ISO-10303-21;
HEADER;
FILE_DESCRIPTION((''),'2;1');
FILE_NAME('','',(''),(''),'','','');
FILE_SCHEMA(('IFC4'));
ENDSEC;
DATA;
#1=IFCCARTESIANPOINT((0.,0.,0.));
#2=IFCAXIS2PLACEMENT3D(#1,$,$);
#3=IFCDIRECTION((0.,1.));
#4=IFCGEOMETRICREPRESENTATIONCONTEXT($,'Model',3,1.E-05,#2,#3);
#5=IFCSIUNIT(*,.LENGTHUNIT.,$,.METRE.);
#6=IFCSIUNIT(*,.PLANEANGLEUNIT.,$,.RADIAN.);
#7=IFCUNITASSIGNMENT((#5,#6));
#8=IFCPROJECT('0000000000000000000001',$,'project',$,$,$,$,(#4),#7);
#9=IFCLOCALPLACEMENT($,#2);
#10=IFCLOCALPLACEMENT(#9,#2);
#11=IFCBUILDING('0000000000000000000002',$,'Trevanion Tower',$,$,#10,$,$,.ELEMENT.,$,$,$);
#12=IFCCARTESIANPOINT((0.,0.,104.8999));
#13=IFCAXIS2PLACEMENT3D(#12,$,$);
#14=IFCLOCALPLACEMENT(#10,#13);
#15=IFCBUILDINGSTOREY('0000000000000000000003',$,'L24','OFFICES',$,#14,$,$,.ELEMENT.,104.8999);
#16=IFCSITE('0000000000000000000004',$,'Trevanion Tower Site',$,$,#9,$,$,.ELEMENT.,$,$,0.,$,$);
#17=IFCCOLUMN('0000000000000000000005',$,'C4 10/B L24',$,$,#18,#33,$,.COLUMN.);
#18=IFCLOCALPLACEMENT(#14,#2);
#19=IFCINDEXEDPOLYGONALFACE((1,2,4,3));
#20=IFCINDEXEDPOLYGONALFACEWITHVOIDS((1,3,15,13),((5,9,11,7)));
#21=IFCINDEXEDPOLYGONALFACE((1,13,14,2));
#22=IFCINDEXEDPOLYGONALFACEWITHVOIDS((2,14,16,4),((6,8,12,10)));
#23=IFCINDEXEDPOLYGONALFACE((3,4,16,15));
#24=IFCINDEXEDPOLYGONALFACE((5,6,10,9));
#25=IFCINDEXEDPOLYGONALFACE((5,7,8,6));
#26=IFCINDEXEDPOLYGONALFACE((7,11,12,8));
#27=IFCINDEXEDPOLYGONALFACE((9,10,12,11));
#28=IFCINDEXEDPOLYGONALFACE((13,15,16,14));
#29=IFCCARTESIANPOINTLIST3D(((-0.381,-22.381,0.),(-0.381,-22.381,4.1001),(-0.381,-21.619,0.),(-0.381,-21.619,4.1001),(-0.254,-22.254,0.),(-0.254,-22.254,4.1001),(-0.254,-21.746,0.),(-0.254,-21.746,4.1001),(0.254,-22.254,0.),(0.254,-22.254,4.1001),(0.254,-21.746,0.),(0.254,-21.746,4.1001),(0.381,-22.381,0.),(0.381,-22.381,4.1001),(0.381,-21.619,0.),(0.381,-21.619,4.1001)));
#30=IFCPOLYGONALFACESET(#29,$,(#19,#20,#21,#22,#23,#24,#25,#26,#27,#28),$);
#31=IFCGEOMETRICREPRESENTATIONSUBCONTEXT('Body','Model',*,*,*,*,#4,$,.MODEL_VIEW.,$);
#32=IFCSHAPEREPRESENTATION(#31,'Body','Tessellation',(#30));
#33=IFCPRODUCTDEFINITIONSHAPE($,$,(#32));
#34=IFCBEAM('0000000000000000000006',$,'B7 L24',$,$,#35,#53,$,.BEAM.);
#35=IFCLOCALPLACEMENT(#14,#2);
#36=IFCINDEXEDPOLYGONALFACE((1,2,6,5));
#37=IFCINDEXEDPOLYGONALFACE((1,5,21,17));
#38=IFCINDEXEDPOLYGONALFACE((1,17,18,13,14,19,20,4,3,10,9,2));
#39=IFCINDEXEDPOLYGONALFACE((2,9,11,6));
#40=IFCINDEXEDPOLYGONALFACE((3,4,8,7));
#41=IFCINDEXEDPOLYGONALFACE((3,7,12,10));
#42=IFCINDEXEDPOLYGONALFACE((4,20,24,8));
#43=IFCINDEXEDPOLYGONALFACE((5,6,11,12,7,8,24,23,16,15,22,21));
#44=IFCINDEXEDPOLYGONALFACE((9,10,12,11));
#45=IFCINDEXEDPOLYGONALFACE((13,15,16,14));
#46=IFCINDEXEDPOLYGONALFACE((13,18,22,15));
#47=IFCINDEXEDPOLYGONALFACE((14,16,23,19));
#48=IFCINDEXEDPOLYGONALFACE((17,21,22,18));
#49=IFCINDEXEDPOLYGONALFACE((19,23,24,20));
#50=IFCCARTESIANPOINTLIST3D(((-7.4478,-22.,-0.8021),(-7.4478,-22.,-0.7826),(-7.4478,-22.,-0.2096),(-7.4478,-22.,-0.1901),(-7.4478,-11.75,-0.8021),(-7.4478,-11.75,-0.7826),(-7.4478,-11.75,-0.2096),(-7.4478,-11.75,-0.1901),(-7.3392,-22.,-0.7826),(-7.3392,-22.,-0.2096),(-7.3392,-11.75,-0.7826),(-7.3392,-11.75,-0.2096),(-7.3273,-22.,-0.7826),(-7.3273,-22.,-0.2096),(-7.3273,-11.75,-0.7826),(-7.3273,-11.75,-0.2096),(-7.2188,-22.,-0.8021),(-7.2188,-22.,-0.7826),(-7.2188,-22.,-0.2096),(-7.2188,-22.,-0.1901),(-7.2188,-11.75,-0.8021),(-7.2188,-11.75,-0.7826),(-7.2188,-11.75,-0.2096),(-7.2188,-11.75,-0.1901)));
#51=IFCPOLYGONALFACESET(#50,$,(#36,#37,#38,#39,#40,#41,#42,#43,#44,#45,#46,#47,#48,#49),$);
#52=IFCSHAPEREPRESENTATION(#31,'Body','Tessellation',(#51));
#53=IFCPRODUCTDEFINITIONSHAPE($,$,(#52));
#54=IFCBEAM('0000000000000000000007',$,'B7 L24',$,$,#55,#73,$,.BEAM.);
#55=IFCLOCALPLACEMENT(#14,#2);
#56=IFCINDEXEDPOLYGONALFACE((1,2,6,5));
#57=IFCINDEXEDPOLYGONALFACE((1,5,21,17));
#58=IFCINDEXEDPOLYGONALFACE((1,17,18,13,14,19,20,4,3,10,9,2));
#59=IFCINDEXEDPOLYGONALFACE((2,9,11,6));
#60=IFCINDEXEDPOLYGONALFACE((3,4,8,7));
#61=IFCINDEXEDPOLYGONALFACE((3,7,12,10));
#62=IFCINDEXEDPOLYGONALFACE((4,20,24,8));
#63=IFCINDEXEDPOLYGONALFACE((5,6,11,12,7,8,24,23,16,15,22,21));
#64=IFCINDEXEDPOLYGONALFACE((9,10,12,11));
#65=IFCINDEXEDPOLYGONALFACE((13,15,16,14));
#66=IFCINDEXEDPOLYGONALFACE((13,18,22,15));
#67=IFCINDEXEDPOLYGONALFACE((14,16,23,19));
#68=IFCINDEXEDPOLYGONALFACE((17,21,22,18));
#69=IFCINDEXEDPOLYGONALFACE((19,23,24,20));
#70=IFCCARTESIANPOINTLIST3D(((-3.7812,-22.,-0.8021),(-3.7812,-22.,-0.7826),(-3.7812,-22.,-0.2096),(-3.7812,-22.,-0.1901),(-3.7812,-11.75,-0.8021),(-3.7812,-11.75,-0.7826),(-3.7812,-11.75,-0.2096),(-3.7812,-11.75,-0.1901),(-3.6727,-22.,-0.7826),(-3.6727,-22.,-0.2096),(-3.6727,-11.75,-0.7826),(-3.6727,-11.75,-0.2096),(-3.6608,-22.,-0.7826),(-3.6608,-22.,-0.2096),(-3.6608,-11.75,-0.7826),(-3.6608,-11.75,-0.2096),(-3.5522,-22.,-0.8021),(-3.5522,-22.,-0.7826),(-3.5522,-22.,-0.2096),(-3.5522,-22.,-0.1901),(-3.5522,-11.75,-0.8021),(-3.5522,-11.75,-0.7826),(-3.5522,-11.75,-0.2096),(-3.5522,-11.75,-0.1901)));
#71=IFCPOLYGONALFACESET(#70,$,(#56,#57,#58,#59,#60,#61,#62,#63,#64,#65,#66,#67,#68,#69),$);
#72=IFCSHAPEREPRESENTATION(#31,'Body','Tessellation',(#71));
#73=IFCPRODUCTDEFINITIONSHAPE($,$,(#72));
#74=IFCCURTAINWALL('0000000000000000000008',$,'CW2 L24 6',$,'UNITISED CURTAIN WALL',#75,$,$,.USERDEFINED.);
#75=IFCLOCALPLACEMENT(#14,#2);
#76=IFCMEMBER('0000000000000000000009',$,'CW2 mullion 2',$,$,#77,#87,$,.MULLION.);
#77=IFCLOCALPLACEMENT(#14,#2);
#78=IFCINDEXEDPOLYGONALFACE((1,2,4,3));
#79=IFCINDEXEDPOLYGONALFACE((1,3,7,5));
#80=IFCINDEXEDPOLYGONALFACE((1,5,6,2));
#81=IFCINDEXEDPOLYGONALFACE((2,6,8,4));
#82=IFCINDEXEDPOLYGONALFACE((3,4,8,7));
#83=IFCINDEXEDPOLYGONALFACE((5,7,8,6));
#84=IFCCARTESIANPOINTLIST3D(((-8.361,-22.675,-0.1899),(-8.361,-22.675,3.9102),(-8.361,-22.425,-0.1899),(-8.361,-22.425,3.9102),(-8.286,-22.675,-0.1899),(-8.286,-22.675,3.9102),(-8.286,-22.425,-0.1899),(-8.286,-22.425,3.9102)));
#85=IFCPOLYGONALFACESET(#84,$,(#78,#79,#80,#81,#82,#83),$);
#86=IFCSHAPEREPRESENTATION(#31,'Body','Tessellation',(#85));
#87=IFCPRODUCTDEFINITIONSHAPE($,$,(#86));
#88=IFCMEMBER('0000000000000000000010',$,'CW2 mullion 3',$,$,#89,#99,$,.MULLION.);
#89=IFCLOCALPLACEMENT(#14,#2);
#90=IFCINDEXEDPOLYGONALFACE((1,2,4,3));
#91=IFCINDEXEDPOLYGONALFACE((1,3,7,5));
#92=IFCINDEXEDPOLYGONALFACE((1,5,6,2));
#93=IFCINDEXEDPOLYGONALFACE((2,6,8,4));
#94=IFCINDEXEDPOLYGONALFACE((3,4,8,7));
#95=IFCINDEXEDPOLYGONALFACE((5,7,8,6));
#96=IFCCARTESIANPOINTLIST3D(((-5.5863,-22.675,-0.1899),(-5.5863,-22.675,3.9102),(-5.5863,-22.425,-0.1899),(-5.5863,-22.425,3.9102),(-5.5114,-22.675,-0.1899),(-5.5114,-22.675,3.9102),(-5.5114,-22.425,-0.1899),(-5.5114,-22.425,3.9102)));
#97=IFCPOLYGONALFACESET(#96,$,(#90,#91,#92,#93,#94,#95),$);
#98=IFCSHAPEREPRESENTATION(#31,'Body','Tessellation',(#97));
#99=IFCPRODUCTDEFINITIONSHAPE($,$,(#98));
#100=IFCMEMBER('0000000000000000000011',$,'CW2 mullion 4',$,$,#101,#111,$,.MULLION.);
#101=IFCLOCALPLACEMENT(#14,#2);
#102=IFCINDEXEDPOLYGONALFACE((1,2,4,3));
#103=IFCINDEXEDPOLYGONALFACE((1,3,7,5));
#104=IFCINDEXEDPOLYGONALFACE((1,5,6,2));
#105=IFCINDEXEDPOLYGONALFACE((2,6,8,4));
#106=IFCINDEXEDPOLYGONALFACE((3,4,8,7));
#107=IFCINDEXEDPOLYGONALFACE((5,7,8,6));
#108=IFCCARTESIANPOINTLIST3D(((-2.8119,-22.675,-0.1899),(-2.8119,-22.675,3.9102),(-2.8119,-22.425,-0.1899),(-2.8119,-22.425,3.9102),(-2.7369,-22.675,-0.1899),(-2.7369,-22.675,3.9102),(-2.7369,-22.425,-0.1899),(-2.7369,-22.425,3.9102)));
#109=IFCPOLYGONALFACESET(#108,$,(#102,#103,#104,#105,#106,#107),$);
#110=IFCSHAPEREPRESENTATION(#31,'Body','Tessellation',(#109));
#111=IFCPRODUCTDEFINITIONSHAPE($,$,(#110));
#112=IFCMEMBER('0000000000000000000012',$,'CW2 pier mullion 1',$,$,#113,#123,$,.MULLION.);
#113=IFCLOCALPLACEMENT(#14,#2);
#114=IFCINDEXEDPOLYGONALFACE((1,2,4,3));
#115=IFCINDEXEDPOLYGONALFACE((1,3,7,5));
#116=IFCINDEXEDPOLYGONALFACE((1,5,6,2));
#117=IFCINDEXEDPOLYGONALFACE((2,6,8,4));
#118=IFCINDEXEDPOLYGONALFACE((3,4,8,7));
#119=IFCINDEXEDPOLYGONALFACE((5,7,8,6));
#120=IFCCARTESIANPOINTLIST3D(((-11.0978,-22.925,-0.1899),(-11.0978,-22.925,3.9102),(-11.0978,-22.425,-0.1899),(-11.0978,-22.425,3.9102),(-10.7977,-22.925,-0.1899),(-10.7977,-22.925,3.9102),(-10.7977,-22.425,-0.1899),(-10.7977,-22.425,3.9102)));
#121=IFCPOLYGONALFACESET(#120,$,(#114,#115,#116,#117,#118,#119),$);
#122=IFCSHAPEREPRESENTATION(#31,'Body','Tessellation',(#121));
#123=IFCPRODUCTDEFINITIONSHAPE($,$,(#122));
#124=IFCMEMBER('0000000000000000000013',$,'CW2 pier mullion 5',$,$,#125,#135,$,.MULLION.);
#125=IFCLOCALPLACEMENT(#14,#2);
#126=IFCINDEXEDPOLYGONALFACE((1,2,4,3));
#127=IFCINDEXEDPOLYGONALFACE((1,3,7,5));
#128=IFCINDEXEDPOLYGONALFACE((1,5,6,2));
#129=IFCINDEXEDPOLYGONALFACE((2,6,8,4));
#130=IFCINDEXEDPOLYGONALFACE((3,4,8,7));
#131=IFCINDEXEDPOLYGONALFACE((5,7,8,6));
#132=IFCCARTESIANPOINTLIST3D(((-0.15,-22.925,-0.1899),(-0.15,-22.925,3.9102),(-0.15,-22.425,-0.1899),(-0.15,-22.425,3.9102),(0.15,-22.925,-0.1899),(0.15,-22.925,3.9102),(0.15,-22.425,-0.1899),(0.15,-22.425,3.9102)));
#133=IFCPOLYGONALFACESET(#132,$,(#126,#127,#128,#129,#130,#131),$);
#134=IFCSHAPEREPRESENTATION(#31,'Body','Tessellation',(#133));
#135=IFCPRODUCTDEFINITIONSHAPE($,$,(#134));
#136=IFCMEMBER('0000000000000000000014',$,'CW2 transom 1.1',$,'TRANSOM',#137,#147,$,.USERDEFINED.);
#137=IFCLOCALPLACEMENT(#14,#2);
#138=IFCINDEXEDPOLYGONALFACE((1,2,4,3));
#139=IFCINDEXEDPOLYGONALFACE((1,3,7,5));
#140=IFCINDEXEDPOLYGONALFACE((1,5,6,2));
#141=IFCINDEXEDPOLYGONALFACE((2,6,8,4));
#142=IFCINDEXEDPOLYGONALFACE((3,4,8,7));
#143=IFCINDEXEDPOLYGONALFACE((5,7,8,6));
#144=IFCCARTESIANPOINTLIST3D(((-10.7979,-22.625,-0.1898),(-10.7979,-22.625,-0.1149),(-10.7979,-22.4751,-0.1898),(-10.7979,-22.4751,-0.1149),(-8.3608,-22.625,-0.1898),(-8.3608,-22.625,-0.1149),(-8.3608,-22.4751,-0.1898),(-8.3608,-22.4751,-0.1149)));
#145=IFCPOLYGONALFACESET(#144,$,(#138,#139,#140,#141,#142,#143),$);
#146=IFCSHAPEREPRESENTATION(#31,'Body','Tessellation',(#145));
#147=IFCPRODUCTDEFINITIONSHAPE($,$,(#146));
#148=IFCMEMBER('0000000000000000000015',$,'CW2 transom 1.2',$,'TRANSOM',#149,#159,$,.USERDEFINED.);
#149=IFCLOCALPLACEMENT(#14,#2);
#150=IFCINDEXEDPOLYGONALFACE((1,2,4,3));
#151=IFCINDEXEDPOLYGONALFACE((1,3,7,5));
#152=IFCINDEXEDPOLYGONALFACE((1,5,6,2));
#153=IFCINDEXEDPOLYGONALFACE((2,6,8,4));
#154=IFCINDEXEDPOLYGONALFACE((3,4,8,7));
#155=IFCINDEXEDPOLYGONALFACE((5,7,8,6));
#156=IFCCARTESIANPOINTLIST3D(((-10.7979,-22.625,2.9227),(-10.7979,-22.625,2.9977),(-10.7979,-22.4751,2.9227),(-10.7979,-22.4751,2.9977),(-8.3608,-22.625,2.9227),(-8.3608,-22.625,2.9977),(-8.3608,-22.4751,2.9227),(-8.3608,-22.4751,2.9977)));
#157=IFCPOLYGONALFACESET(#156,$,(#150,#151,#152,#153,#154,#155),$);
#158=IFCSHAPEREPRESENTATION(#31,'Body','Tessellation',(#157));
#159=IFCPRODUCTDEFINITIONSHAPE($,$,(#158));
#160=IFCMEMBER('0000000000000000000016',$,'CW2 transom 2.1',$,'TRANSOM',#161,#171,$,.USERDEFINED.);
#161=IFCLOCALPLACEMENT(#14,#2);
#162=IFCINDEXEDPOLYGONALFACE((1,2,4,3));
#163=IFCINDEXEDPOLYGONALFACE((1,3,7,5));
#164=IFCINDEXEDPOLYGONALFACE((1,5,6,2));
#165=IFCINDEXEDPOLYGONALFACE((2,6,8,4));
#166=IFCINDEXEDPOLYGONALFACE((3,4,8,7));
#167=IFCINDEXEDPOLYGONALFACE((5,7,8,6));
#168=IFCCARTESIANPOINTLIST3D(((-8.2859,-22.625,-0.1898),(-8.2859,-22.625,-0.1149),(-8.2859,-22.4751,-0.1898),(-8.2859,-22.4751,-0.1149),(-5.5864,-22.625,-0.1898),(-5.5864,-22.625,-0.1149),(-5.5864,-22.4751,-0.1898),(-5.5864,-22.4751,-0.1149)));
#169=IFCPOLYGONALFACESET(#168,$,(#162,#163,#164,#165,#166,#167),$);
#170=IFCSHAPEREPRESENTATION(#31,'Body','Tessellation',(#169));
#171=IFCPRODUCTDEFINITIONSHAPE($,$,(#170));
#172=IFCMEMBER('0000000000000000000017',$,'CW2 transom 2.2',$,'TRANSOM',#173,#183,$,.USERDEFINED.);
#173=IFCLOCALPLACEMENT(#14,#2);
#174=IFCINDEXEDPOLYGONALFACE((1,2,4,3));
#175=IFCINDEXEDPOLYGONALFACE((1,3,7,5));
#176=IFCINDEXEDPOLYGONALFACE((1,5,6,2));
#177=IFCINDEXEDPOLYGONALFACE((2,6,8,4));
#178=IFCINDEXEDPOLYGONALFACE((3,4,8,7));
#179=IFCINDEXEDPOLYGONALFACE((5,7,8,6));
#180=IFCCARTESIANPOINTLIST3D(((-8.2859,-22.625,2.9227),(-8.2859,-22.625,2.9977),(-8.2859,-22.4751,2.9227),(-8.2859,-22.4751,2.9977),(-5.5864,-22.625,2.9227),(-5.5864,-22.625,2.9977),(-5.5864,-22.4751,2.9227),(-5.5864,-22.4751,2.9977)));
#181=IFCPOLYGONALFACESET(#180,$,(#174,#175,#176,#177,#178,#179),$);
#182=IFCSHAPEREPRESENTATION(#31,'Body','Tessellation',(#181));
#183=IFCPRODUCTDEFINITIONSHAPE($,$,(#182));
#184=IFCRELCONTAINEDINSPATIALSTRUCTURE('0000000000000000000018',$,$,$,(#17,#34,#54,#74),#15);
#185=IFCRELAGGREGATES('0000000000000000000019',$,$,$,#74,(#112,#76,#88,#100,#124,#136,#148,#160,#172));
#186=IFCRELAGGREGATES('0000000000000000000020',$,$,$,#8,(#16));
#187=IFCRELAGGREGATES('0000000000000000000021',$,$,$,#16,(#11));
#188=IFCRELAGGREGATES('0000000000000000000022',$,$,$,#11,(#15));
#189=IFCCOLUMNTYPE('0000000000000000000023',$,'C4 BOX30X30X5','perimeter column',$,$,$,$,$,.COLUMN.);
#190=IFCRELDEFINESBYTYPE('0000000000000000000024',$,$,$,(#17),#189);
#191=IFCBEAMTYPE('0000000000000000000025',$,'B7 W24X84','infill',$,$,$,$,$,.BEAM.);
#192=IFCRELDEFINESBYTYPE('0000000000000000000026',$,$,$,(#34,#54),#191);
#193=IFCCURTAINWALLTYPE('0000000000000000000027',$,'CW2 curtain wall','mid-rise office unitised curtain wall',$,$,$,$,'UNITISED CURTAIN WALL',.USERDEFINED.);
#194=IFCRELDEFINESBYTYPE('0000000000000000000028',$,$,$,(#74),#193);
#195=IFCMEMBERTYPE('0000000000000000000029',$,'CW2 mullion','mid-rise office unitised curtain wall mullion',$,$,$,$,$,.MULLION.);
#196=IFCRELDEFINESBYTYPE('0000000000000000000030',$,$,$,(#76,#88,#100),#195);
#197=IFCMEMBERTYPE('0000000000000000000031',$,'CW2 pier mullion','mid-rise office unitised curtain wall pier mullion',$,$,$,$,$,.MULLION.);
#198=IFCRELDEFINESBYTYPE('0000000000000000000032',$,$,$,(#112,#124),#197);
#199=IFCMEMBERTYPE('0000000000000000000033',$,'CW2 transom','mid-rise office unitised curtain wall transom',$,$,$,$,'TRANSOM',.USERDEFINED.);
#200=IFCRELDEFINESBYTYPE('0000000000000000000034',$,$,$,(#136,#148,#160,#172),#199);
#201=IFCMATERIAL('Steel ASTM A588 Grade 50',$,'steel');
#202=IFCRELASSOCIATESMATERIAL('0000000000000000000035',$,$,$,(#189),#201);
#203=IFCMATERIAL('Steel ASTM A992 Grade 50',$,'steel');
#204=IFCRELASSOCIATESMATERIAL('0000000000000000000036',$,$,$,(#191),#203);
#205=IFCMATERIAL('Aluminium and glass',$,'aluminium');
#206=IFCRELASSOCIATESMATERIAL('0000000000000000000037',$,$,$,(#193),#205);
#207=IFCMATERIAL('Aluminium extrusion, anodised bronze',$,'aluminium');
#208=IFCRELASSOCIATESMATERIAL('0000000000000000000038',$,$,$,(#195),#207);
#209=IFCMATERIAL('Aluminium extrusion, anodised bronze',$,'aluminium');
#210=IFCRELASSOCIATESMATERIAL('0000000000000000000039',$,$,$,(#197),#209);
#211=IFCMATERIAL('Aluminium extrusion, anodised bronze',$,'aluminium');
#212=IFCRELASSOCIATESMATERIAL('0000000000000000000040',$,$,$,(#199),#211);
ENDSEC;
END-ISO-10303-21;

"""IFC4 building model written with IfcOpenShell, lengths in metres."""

from ifc_helpers import new_model, si_unit, direction, frame, origin, origin_2d, place, context, subcontext, project, spatial, rectangle, hollow_rectangle, i_section, extrude, material, material_profile, profile_set, type_object, element, aggregate, save


model = new_model("IFC4")

# Units and contexts
model_context = context("Model", 3, precision=1e-05, world=origin(), true_north=direction((0.0, 1.0)))
body_context = subcontext(model_context, "Body", "Model", "MODEL_VIEW")
ifc_project = project(units=[si_unit("LENGTHUNIT", "METRE"), si_unit("PLANEANGLEUNIT", "RADIAN")], contexts=[model_context])

# Site, building, storey
site_placement = place(None, origin())
site = spatial("IfcSite", under=ifc_project, at=site_placement, Name="Trevanion Tower Site", CompositionType="ELEMENT", RefElevation=0.0)
building_placement = place(site_placement, origin())
building = spatial("IfcBuilding", under=site, at=building_placement, Name="Trevanion Tower", CompositionType="ELEMENT")
storey_placement = place(building_placement, frame((0.0, 0.0, 104.8999)))
storey = spatial("IfcBuildingStorey", under=building, at=storey_placement, Name="L24", Description="OFFICES", CompositionType="ELEMENT", Elevation=104.8999)

# Column
ifc_material_1 = material(Name="Steel ASTM A588 Grade 50", Category="steel")
ifc_material_profile_1 = material_profile(ifc_material_1, hollow_rectangle(XDim=0.762, YDim=0.762, WallThickness=0.127, at=origin_2d()), Name="BOX30X30X5")
ifc_profile_set_1 = profile_set([ifc_material_profile_1], Name="Steel ASTM A588 Grade 50")
column_type = type_object("IfcColumnType", Name="C4 BOX30X30X5", Description="perimeter column", PredefinedType="COLUMN", material=ifc_profile_set_1)
column_placement = place(storey_placement, frame((0.0, -22.0, 0.0), z_axis=(0.0, 0.0, 1.0), x_axis=(1.0, 0.0, 0.0)))
element("IfcColumn", 1, at=column_placement, inside=storey, type_object=column_type, Name="C4 10/B L24", PredefinedType="COLUMN", context=body_context, shape_type="SweptSolid", body=[
    extrude(hollow_rectangle(XDim=0.762, YDim=0.762, WallThickness=0.127, at=origin_2d()), origin(), (0.0, 0.0, 1.0), 4.1001),
])

# Beams
ifc_material_2 = material(Name="Steel ASTM A992 Grade 50", Category="steel")
ifc_material_profile_2 = material_profile(ifc_material_2, i_section(OverallWidth=0.229, OverallDepth=0.6121, WebThickness=0.012, FlangeThickness=0.0195, at=origin_2d()), Name="W24X84")
ifc_profile_set_2 = profile_set([ifc_material_profile_2], Name="Steel ASTM A992 Grade 50")
beam_type_1 = type_object("IfcBeamType", Name="B7 W24X84", Description="infill", PredefinedType="BEAM", material=ifc_profile_set_2)
for number, where, z_axis, x_axis, name in (
    (2, (-7.3333, -11.75, -0.4961), (0.0, -1.0, 0.0), (1.0, 0.0, 0.0), "B7 L24"),
    (3, (-3.6667, -11.75, -0.4961), (0.0, -1.0, 0.0), (1.0, 0.0, 0.0), "B7 L24"),
):
    element("IfcBeam", number, at=place(storey_placement, frame(where, z_axis=z_axis, x_axis=x_axis)), inside=storey, type_object=beam_type_1, Name=name, PredefinedType="BEAM", context=body_context, shape_type="SweptSolid", body=[
        extrude(i_section(OverallWidth=0.229, OverallDepth=0.6121, WebThickness=0.012, FlangeThickness=0.0195, at=origin_2d()), origin(), (0.0, 0.0, 1.0), 10.25),
    ])

# Curtain wall, members
ifc_material_3 = material(Name="Aluminium and glass", Category="aluminium")
curtain_wall_type = type_object("IfcCurtainWallType", Name="CW2 curtain wall", Description="mid-rise office unitised curtain wall", ElementType="UNITISED CURTAIN WALL", PredefinedType="USERDEFINED", material=ifc_material_3)
curtain_wall_placement = place(storey_placement, origin())
curtain_wall = element("IfcCurtainWall", 4, at=curtain_wall_placement, inside=storey, type_object=curtain_wall_type, Name="CW2 L24 6", ObjectType="UNITISED CURTAIN WALL", PredefinedType="USERDEFINED")
ifc_material_4 = material(Name="Aluminium extrusion, anodised bronze", Category="aluminium")
ifc_material_profile_3 = material_profile(ifc_material_4, rectangle(XDim=0.075, YDim=0.25, at=origin_2d()), Name="CW2 mullion")
ifc_profile_set_3 = profile_set([ifc_material_profile_3], Name="Aluminium extrusion, anodised bronze")
member_type_1 = type_object("IfcMemberType", Name="CW2 mullion", Description="mid-rise office unitised curtain wall mullion", PredefinedType="MULLION", material=ifc_profile_set_3)
member_1_placement = place(storey_placement, frame((-8.3235, -22.55, -0.1899), z_axis=(0.0, 0.0, 1.0), x_axis=(1.0, 0.0, 0.0)))
member_1 = element("IfcMember", 5, at=member_1_placement, type_object=member_type_1, Name="CW2 mullion 2", PredefinedType="MULLION", context=body_context, shape_type="SweptSolid", body=[
    extrude(rectangle(XDim=0.075, YDim=0.25, at=origin_2d()), origin(), (0.0, 0.0, 1.0), 4.1001),
])
member_2_placement = place(storey_placement, frame((-5.5488, -22.55, -0.1899), z_axis=(0.0, 0.0, 1.0), x_axis=(1.0, 0.0, 0.0)))
member_2 = element("IfcMember", 6, at=member_2_placement, type_object=member_type_1, Name="CW2 mullion 3", PredefinedType="MULLION", context=body_context, shape_type="SweptSolid", body=[
    extrude(rectangle(XDim=0.075, YDim=0.25, at=origin_2d()), origin(), (0.0, 0.0, 1.0), 4.1001),
])
member_3_placement = place(storey_placement, frame((-2.7744, -22.55, -0.1899), z_axis=(0.0, 0.0, 1.0), x_axis=(1.0, 0.0, 0.0)))
member_3 = element("IfcMember", 7, at=member_3_placement, type_object=member_type_1, Name="CW2 mullion 4", PredefinedType="MULLION", context=body_context, shape_type="SweptSolid", body=[
    extrude(rectangle(XDim=0.075, YDim=0.25, at=origin_2d()), origin(), (0.0, 0.0, 1.0), 4.1001),
])
ifc_material_5 = material(Name="Aluminium extrusion, anodised bronze", Category="aluminium")
ifc_material_profile_4 = material_profile(ifc_material_5, rectangle(XDim=0.3, YDim=0.5, at=origin_2d()), Name="CW2 pier mullion")
ifc_profile_set_4 = profile_set([ifc_material_profile_4], Name="Aluminium extrusion, anodised bronze")
member_type_2 = type_object("IfcMemberType", Name="CW2 pier mullion", Description="mid-rise office unitised curtain wall pier mullion", PredefinedType="MULLION", material=ifc_profile_set_4)
member_4_placement = place(storey_placement, frame((-10.9478, -22.675, -0.1899), z_axis=(0.0, 0.0, 1.0), x_axis=(1.0, 0.0, 0.0)))
member_4 = element("IfcMember", 8, at=member_4_placement, type_object=member_type_2, Name="CW2 pier mullion 1", PredefinedType="MULLION", context=body_context, shape_type="SweptSolid", body=[
    extrude(rectangle(XDim=0.3, YDim=0.5, at=origin_2d()), origin(), (0.0, 0.0, 1.0), 4.1001),
])
member_5_placement = place(storey_placement, frame((0.0, -22.675, -0.1899), z_axis=(0.0, 0.0, 1.0), x_axis=(1.0, 0.0, 0.0)))
member_5 = element("IfcMember", 9, at=member_5_placement, type_object=member_type_2, Name="CW2 pier mullion 5", PredefinedType="MULLION", context=body_context, shape_type="SweptSolid", body=[
    extrude(rectangle(XDim=0.3, YDim=0.5, at=origin_2d()), origin(), (0.0, 0.0, 1.0), 4.1001),
])
ifc_material_6 = material(Name="Aluminium extrusion, anodised bronze", Category="aluminium")
ifc_material_profile_5 = material_profile(ifc_material_6, rectangle(XDim=0.1499, YDim=0.075, at=origin_2d()), Name="CW2 transom")
ifc_profile_set_5 = profile_set([ifc_material_profile_5], Name="Aluminium extrusion, anodised bronze")
member_type_3 = type_object("IfcMemberType", Name="CW2 transom", Description="mid-rise office unitised curtain wall transom", ElementType="TRANSOM", PredefinedType="USERDEFINED", material=ifc_profile_set_5)
member_6_placement = place(storey_placement, frame((-10.7979, -22.55, -0.1523), z_axis=(1.0, 0.0, 0.0), x_axis=(0.0, 1.0, 0.0)))
member_6 = element("IfcMember", 10, at=member_6_placement, type_object=member_type_3, Name="CW2 transom 1.1", ObjectType="TRANSOM", PredefinedType="USERDEFINED", context=body_context, shape_type="SweptSolid", body=[
    extrude(rectangle(XDim=0.1499, YDim=0.075, at=origin_2d()), origin(), (0.0, 0.0, 1.0), 2.437),
])
member_7_placement = place(storey_placement, frame((-10.7979, -22.55, 2.9602), z_axis=(1.0, 0.0, 0.0), x_axis=(0.0, 1.0, 0.0)))
member_7 = element("IfcMember", 11, at=member_7_placement, type_object=member_type_3, Name="CW2 transom 1.2", ObjectType="TRANSOM", PredefinedType="USERDEFINED", context=body_context, shape_type="SweptSolid", body=[
    extrude(rectangle(XDim=0.1499, YDim=0.075, at=origin_2d()), origin(), (0.0, 0.0, 1.0), 2.437),
])
member_8_placement = place(storey_placement, frame((-8.2859, -22.55, -0.1523), z_axis=(1.0, 0.0, 0.0), x_axis=(0.0, 1.0, 0.0)))
member_8 = element("IfcMember", 12, at=member_8_placement, type_object=member_type_3, Name="CW2 transom 2.1", ObjectType="TRANSOM", PredefinedType="USERDEFINED", context=body_context, shape_type="SweptSolid", body=[
    extrude(rectangle(XDim=0.1499, YDim=0.075, at=origin_2d()), origin(), (0.0, 0.0, 1.0), 2.6995),
])
member_9_placement = place(storey_placement, frame((-8.2859, -22.55, 2.9602), z_axis=(1.0, 0.0, 0.0), x_axis=(0.0, 1.0, 0.0)))
member_9 = element("IfcMember", 13, at=member_9_placement, type_object=member_type_3, Name="CW2 transom 2.2", ObjectType="TRANSOM", PredefinedType="USERDEFINED", context=body_context, shape_type="SweptSolid", body=[
    extrude(rectangle(XDim=0.1499, YDim=0.075, at=origin_2d()), origin(), (0.0, 0.0, 1.0), 2.6995),
])

aggregate(curtain_wall, [member_4, member_1, member_2, member_3, member_5, member_6, member_7, member_8, member_9])

save(model, "model.ifc")
